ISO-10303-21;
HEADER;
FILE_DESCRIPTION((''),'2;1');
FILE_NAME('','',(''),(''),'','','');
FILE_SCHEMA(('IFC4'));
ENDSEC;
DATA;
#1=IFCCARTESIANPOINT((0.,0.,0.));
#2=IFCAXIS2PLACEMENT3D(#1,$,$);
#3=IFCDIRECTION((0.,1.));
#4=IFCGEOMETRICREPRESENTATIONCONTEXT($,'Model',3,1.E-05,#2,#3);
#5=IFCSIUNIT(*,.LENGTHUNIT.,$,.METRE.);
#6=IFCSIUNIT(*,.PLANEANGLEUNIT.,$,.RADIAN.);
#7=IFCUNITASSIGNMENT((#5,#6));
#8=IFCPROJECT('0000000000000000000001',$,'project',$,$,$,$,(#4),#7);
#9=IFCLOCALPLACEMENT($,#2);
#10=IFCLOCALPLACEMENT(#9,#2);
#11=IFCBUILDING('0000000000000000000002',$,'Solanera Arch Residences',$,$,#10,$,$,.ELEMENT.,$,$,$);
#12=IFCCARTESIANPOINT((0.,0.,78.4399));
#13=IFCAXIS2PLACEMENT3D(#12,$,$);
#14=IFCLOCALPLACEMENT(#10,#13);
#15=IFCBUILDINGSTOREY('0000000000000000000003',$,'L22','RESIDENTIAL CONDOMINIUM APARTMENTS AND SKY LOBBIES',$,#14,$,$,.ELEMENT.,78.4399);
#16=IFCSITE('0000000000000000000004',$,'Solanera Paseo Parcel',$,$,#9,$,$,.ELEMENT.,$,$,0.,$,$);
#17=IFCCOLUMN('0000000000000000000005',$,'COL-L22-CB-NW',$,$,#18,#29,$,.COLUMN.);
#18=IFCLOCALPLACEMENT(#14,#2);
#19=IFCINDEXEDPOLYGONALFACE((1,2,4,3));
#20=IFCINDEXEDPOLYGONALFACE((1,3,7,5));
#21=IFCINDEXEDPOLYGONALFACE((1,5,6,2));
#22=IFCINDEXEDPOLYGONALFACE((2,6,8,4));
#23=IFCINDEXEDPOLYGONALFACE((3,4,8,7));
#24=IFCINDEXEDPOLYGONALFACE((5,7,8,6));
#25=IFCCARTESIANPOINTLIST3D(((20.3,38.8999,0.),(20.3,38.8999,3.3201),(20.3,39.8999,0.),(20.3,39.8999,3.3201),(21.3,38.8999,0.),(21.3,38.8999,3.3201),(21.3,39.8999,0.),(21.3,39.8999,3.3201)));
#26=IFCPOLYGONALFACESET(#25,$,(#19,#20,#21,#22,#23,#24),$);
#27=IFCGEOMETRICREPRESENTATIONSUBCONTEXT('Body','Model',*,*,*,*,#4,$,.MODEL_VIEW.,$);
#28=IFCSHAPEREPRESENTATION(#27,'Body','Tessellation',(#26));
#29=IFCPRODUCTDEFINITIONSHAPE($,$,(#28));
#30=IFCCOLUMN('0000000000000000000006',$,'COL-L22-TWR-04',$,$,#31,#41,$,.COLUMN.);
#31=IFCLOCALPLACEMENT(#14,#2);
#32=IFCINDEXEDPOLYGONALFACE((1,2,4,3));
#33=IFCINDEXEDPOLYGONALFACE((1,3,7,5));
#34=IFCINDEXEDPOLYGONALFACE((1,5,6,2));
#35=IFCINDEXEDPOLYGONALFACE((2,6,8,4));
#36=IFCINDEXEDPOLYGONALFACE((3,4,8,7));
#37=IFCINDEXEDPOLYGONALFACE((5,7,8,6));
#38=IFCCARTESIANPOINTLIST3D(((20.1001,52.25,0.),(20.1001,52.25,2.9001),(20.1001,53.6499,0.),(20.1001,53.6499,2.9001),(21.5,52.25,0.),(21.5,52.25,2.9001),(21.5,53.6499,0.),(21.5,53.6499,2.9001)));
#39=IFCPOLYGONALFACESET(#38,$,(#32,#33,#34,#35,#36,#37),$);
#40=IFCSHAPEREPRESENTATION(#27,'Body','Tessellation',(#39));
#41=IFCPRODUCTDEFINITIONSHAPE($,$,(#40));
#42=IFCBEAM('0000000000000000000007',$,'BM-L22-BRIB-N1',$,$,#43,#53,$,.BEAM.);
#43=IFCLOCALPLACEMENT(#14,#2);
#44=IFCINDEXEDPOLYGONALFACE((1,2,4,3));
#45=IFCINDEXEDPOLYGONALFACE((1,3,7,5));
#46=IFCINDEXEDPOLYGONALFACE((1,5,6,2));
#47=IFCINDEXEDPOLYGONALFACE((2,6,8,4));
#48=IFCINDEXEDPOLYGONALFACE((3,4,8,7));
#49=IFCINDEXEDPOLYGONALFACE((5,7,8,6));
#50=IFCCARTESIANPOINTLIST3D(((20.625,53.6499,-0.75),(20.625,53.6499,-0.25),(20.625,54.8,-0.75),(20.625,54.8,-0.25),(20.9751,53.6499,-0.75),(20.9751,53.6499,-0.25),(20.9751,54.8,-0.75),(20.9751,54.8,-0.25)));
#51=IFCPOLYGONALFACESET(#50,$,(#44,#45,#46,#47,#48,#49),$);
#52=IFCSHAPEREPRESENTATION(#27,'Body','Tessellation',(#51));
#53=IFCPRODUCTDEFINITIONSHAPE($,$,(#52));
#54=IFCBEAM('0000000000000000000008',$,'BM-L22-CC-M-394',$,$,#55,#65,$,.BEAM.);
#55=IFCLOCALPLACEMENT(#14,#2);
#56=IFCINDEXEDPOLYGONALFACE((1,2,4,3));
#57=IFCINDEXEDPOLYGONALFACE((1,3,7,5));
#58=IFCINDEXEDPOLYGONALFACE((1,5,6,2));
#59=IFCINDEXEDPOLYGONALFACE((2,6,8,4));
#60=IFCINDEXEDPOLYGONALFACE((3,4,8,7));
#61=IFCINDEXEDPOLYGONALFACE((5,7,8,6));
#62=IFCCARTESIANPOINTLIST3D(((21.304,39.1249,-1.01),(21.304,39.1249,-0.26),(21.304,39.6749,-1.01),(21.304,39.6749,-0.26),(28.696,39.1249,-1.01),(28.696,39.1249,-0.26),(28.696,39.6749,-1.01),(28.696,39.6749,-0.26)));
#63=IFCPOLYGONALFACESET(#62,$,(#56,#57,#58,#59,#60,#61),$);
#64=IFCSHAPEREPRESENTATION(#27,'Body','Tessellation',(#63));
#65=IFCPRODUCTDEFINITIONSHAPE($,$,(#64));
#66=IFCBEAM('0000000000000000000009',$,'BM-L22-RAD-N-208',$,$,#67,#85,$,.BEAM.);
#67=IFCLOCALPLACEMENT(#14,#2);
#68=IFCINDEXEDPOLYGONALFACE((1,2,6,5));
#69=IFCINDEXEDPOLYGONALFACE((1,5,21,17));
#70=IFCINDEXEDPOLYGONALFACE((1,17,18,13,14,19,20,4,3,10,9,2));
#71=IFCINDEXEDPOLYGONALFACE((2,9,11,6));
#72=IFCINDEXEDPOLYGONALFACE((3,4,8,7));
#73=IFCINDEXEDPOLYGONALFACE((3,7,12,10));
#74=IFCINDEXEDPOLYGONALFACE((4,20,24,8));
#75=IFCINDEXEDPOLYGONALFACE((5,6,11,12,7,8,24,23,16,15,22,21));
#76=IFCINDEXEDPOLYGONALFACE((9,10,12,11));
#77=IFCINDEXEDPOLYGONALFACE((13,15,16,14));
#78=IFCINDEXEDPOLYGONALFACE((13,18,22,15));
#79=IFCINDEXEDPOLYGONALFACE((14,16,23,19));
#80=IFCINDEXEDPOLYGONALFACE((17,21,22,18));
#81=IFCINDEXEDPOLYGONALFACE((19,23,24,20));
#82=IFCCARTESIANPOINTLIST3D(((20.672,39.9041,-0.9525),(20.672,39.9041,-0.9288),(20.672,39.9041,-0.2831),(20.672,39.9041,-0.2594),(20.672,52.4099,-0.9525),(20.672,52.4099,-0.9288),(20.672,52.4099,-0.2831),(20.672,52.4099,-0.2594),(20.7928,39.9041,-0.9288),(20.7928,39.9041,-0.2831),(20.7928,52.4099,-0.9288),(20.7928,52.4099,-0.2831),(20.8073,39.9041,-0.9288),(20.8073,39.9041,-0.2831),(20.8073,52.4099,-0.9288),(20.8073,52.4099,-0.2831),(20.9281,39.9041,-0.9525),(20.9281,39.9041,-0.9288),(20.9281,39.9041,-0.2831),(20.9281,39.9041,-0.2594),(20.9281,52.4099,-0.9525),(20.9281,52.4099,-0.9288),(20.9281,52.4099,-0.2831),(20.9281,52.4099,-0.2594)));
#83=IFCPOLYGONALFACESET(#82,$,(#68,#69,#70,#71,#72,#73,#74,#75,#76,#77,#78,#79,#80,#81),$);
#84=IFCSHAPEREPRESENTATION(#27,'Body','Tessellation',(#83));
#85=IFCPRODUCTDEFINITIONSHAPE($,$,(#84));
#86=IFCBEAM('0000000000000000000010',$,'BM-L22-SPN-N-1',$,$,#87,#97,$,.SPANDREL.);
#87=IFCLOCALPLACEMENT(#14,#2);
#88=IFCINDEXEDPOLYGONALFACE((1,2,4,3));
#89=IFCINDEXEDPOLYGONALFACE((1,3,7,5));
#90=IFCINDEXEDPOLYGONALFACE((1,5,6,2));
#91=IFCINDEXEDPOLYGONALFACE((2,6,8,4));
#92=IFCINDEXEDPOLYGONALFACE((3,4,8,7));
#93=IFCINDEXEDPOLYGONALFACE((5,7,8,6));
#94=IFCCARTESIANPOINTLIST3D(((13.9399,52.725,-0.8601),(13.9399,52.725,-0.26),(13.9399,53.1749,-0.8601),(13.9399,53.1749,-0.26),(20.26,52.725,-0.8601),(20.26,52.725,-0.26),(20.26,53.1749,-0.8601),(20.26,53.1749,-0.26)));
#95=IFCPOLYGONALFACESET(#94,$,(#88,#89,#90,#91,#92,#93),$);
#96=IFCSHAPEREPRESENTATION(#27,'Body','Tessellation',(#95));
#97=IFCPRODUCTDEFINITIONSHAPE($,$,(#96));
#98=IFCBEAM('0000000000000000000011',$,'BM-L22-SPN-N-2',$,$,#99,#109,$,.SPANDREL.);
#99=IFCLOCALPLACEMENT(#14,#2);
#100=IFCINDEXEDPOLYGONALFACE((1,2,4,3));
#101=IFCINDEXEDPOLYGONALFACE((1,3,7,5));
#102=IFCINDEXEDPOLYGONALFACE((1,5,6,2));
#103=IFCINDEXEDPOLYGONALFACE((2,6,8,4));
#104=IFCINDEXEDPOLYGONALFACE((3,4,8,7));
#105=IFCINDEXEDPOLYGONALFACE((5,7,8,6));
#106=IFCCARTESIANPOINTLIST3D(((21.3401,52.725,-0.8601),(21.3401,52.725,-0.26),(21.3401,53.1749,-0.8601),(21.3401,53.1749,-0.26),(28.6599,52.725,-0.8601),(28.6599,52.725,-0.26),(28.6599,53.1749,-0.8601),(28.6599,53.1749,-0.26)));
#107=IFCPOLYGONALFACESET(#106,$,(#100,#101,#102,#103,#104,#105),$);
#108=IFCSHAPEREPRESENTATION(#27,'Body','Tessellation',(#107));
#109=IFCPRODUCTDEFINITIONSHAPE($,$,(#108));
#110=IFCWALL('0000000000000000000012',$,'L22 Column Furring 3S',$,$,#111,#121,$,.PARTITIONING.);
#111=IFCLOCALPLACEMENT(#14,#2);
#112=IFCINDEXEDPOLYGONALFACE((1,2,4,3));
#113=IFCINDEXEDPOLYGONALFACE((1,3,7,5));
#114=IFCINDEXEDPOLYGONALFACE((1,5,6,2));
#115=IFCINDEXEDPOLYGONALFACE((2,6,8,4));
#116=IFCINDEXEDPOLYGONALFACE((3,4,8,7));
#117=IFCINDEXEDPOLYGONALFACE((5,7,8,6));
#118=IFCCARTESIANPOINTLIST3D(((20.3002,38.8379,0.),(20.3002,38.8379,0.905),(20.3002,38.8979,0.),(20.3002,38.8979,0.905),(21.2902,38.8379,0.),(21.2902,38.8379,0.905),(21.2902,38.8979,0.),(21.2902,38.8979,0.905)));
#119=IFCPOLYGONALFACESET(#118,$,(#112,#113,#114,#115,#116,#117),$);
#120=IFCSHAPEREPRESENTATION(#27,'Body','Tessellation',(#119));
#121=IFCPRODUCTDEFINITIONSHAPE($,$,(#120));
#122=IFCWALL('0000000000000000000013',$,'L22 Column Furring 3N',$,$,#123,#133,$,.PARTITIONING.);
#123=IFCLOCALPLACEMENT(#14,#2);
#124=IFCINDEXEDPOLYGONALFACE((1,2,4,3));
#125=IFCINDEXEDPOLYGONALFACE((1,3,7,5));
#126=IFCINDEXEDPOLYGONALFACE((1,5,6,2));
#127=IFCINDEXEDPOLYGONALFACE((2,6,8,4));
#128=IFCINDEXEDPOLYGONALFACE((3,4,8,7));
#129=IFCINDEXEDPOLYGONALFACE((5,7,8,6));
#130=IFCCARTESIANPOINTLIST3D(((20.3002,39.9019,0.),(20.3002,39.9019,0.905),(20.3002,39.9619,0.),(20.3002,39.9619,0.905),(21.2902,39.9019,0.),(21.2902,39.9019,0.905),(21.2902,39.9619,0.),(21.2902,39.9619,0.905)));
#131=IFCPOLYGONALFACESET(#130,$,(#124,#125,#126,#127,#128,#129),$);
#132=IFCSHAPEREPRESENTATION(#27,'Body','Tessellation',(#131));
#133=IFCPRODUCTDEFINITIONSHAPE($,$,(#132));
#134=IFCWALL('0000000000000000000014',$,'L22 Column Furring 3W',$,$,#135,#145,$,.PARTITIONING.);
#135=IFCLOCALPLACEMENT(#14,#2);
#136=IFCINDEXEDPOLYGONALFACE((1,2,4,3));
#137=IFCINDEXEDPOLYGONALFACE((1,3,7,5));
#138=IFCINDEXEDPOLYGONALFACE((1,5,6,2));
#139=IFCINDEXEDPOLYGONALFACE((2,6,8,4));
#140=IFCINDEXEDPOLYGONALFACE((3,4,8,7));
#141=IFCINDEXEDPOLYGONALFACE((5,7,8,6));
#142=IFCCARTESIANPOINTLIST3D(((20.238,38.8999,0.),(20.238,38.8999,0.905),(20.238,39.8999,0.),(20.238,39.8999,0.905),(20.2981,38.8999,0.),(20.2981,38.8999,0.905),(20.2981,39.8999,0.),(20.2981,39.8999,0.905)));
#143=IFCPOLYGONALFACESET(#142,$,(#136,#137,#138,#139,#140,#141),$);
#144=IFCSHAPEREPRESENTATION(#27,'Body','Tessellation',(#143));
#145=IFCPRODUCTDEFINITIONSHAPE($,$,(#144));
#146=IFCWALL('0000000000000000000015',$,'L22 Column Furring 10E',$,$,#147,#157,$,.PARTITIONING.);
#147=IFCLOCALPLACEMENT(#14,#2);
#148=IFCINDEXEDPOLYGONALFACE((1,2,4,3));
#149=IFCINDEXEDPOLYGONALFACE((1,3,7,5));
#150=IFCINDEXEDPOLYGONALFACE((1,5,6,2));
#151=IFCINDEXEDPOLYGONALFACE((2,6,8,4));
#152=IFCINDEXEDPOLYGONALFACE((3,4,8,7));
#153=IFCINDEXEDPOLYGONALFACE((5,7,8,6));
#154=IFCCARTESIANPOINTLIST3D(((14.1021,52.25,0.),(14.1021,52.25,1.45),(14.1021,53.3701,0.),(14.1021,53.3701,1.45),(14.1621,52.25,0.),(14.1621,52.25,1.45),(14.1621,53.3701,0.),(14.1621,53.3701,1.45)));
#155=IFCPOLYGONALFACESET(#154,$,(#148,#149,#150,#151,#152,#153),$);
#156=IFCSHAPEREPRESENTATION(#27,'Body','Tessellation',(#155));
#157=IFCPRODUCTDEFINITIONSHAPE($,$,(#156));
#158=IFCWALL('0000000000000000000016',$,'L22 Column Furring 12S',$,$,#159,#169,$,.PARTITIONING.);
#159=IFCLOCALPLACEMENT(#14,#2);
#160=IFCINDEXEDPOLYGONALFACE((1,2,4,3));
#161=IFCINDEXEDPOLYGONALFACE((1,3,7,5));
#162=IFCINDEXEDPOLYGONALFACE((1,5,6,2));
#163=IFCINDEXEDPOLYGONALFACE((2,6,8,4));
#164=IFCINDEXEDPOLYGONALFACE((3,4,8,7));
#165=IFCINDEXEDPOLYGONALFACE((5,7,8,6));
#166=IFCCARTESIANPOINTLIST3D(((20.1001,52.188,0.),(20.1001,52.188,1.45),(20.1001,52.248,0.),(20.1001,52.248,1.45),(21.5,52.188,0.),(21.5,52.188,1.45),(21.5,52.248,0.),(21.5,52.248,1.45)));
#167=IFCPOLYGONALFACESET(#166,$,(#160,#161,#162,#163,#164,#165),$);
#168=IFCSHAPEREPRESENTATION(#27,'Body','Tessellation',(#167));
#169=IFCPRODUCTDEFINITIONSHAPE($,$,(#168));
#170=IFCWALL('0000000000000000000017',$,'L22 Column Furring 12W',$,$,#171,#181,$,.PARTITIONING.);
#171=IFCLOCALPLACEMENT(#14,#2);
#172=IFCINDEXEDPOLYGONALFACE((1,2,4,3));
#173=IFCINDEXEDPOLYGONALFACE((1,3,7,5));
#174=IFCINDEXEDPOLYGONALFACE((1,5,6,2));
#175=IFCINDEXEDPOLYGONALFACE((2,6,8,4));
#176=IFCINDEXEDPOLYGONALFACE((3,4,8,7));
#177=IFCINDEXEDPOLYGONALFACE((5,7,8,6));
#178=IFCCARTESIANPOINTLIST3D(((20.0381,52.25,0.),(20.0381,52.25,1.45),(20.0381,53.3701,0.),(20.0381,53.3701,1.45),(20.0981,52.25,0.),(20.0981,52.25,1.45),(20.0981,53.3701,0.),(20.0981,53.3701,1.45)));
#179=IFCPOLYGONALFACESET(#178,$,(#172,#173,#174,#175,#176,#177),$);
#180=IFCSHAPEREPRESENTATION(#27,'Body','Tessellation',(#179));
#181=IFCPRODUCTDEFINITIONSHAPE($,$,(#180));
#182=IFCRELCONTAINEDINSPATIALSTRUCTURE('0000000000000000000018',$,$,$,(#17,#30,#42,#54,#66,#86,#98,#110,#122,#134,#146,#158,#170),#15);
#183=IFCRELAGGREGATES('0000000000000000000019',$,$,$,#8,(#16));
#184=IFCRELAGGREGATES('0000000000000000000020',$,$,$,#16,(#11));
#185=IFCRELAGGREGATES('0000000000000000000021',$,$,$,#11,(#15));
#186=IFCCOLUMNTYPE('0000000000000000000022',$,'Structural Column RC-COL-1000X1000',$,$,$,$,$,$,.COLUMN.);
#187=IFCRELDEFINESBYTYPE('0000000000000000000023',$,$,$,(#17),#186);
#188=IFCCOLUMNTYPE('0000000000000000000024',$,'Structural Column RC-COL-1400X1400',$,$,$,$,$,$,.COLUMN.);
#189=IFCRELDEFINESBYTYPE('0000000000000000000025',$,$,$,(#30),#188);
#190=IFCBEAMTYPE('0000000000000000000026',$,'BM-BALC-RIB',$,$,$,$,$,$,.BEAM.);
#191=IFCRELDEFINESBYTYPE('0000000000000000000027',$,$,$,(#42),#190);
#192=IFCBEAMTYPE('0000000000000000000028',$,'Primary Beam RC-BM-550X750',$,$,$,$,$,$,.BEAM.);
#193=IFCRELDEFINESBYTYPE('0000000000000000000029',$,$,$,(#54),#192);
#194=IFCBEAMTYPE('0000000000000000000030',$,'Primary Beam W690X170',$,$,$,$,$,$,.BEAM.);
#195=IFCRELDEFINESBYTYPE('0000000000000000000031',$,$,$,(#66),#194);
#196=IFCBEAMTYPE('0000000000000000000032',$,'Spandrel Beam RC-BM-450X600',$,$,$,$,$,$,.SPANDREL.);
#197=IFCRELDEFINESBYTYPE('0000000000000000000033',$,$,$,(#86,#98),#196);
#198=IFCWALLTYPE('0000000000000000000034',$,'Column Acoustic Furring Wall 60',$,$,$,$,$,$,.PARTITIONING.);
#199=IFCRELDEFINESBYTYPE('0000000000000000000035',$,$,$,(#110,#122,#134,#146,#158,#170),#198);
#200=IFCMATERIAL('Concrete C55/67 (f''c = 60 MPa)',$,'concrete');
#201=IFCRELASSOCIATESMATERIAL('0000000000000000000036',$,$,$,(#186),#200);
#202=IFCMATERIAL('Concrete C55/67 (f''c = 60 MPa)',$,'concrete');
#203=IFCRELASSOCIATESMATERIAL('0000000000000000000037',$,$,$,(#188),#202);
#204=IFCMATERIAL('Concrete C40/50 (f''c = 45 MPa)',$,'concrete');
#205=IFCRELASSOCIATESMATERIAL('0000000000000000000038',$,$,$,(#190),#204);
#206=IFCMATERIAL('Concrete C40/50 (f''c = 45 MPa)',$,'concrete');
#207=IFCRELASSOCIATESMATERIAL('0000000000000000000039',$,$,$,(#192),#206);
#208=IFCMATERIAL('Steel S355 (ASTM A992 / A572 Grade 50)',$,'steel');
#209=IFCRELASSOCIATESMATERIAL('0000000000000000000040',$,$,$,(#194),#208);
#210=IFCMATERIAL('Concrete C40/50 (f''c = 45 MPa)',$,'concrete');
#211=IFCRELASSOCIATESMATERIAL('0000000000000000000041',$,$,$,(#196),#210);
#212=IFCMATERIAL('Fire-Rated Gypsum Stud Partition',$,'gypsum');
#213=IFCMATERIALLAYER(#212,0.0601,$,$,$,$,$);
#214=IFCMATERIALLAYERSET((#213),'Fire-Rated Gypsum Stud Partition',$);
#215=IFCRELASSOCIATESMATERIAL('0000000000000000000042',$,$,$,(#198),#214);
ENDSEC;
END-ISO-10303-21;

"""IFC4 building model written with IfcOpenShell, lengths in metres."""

from ifc_helpers import new_model, si_unit, direction, frame, frame_2d, origin, origin_2d, place, context, subcontext, project, spatial, rectangle, i_section, extrude, material, layer, layer_set, material_profile, profile_set, type_object, element, save


model = new_model("IFC4")

# Units and contexts
model_context = context("Model", 3, precision=1e-05, world=origin(), true_north=direction((0.0, 1.0)))
body_context = subcontext(model_context, "Body", "Model", "MODEL_VIEW")
ifc_project = project(units=[si_unit("LENGTHUNIT", "METRE"), si_unit("PLANEANGLEUNIT", "RADIAN")], contexts=[model_context])

# Site, building, storey
site_placement = place(None, origin())
site = spatial("IfcSite", under=ifc_project, at=site_placement, Name="Solanera Paseo Parcel", CompositionType="ELEMENT", RefElevation=0.0)
building_placement = place(site_placement, origin())
building = spatial("IfcBuilding", under=site, at=building_placement, Name="Solanera Arch Residences", CompositionType="ELEMENT")
storey_placement = place(building_placement, frame((0.0, 0.0, 78.4399)))
storey = spatial("IfcBuildingStorey", under=building, at=storey_placement, Name="L22", Description="RESIDENTIAL CONDOMINIUM APARTMENTS AND SKY LOBBIES", CompositionType="ELEMENT", Elevation=78.4399)

# Columns
ifc_material_1 = material(Name="Concrete C55/67 (f'c = 60 MPa)", Category="concrete")
ifc_material_profile_1 = material_profile(ifc_material_1, rectangle(XDim=1.0, YDim=1.0, at=origin_2d()))
ifc_profile_set_1 = profile_set([ifc_material_profile_1], Name="Concrete C55/67 (f'c = 60 MPa)")
column_type_1 = type_object("IfcColumnType", Name="Structural Column RC-COL-1000X1000", PredefinedType="COLUMN", material=ifc_profile_set_1)
column_1_placement = place(storey_placement, frame((20.8, 39.3999, 0.0), z_axis=(0.0, 0.0, 1.0), x_axis=(1.0, 0.0, 0.0)))
element("IfcColumn", 1, at=column_1_placement, inside=storey, type_object=column_type_1, Name="COL-L22-CB-NW", PredefinedType="COLUMN", context=body_context, shape_type="SweptSolid", body=[
    extrude(rectangle(XDim=1.0, YDim=1.0, at=origin_2d()), origin(), (0.0, 0.0, 1.0), 3.3201),
])
ifc_material_2 = material(Name="Concrete C55/67 (f'c = 60 MPa)", Category="concrete")
ifc_material_profile_2 = material_profile(ifc_material_2, rectangle(XDim=1.3999, YDim=1.3999, at=origin_2d()))
ifc_profile_set_2 = profile_set([ifc_material_profile_2], Name="Concrete C55/67 (f'c = 60 MPa)")
column_type_2 = type_object("IfcColumnType", Name="Structural Column RC-COL-1400X1400", PredefinedType="COLUMN", material=ifc_profile_set_2)
column_2_placement = place(storey_placement, frame((20.8, 52.95, 0.0), z_axis=(0.0, 0.0, 1.0), x_axis=(1.0, 0.0, 0.0)))
element("IfcColumn", 2, at=column_2_placement, inside=storey, type_object=column_type_2, Name="COL-L22-TWR-04", PredefinedType="COLUMN", context=body_context, shape_type="SweptSolid", body=[
    extrude(rectangle(XDim=1.3999, YDim=1.3999, at=origin_2d()), origin(), (0.0, 0.0, 1.0), 2.9001),
])

# Beams
ifc_material_3 = material(Name="Concrete C40/50 (f'c = 45 MPa)", Category="concrete")
ifc_material_profile_3 = material_profile(ifc_material_3, rectangle(XDim=0.3501, YDim=0.5, at=origin_2d()))
ifc_profile_set_3 = profile_set([ifc_material_profile_3], Name="Concrete C40/50 (f'c = 45 MPa)")
beam_type_1 = type_object("IfcBeamType", Name="BM-BALC-RIB", PredefinedType="BEAM", material=ifc_profile_set_3)
beam_1_placement = place(storey_placement, frame((20.8, 53.6499, -0.5), z_axis=(0.0, 1.0, 0.0), x_axis=(-1.0, 0.0, 0.0)))
element("IfcBeam", 3, at=beam_1_placement, inside=storey, type_object=beam_type_1, Name="BM-L22-BRIB-N1", PredefinedType="BEAM", context=body_context, shape_type="SweptSolid", body=[
    extrude(rectangle(XDim=0.3501, YDim=0.5, at=origin_2d()), origin(), (0.0, 0.0, 1.0), 1.1501),
])
ifc_material_4 = material(Name="Concrete C40/50 (f'c = 45 MPa)", Category="concrete")
ifc_material_profile_4 = material_profile(ifc_material_4, rectangle(XDim=0.55, YDim=0.75, at=origin_2d()))
ifc_profile_set_4 = profile_set([ifc_material_profile_4], Name="Concrete C40/50 (f'c = 45 MPa)")
beam_type_2 = type_object("IfcBeamType", Name="Primary Beam RC-BM-550X750", PredefinedType="BEAM", material=ifc_profile_set_4)
beam_2_placement = place(storey_placement, frame((21.304, 39.3999, -0.635), z_axis=(1.0, 0.0, 0.0), x_axis=(0.0, 1.0, 0.0)))
element("IfcBeam", 4, at=beam_2_placement, inside=storey, type_object=beam_type_2, Name="BM-L22-CC-M-394", PredefinedType="BEAM", context=body_context, shape_type="SweptSolid", body=[
    extrude(rectangle(XDim=0.55, YDim=0.75, at=origin_2d()), origin(), (0.0, 0.0, 1.0), 7.3921),
])
ifc_material_5 = material(Name="Steel S355 (ASTM A992 / A572 Grade 50)", Category="steel")
ifc_material_profile_5 = material_profile(ifc_material_5, i_section(OverallWidth=0.2561, OverallDepth=0.6931, WebThickness=0.0144, FlangeThickness=0.0237, at=origin_2d()))
ifc_profile_set_5 = profile_set([ifc_material_profile_5], Name="Steel S355 (ASTM A992 / A572 Grade 50)")
beam_type_3 = type_object("IfcBeamType", Name="Primary Beam W690X170", PredefinedType="BEAM", material=ifc_profile_set_5)
beam_3_placement = place(storey_placement, frame((20.8, 39.9041, -0.606), z_axis=(0.0, 1.0, 0.0), x_axis=(-1.0, 0.0, 0.0)))
element("IfcBeam", 5, at=beam_3_placement, inside=storey, type_object=beam_type_3, Name="BM-L22-RAD-N-208", PredefinedType="BEAM", context=body_context, shape_type="SweptSolid", body=[
    extrude(i_section(OverallWidth=0.2561, OverallDepth=0.6931, WebThickness=0.0144, FlangeThickness=0.0237, at=origin_2d()), origin(), (0.0, 0.0, 1.0), 12.5059),
])
ifc_material_6 = material(Name="Concrete C40/50 (f'c = 45 MPa)", Category="concrete")
ifc_material_profile_6 = material_profile(ifc_material_6, rectangle(XDim=0.45, YDim=0.6001, at=origin_2d()))
ifc_profile_set_6 = profile_set([ifc_material_profile_6], Name="Concrete C40/50 (f'c = 45 MPa)")
beam_type_4 = type_object("IfcBeamType", Name="Spandrel Beam RC-BM-450X600", PredefinedType="SPANDREL", material=ifc_profile_set_6)
beam_4_placement = place(storey_placement, frame((13.9399, 52.95, -0.5601), z_axis=(1.0, 0.0, 0.0), x_axis=(0.0, 1.0, 0.0)))
element("IfcBeam", 6, at=beam_4_placement, inside=storey, type_object=beam_type_4, Name="BM-L22-SPN-N-1", PredefinedType="SPANDREL", context=body_context, shape_type="SweptSolid", body=[
    extrude(rectangle(XDim=0.45, YDim=0.6001, at=origin_2d()), origin(), (0.0, 0.0, 1.0), 6.3201),
])
beam_5_placement = place(storey_placement, frame((21.3401, 52.95, -0.5601), z_axis=(1.0, 0.0, 0.0), x_axis=(0.0, 1.0, 0.0)))
element("IfcBeam", 7, at=beam_5_placement, inside=storey, type_object=beam_type_4, Name="BM-L22-SPN-N-2", PredefinedType="SPANDREL", context=body_context, shape_type="SweptSolid", body=[
    extrude(rectangle(XDim=0.45, YDim=0.6001, at=origin_2d()), origin(), (0.0, 0.0, 1.0), 7.3198),
])

# Walls
ifc_material_7 = material(Name="Fire-Rated Gypsum Stud Partition", Category="gypsum")
ifc_layer_1 = layer(ifc_material_7, 0.0601)
ifc_layer_set_1 = layer_set([ifc_layer_1], Name="Fire-Rated Gypsum Stud Partition")
wall_type_1 = type_object("IfcWallType", Name="Column Acoustic Furring Wall 60", PredefinedType="PARTITIONING", material=ifc_layer_set_1)
for number, where, z_axis, x_axis, name in (
    (8, (20.3, 38.8679, 0.0), (0.0, 0.0, 1.0), (1.0, 0.0, 0.0), "L22 Column Furring 3S"),
    (9, (20.3, 39.9319, 0.0), (0.0, 0.0, 1.0), (1.0, 0.0, 0.0), "L22 Column Furring 3N"),
):
    element("IfcWall", number, at=place(storey_placement, frame(where, z_axis=z_axis, x_axis=x_axis)), inside=storey, type_object=wall_type_1, Name=name, PredefinedType="PARTITIONING", context=body_context, shape_type="SweptSolid", body=[
        extrude(rectangle(XDim=0.99, YDim=0.0601, at=frame_2d((0.4951, 0.0))), origin(), (0.0, 0.0, 1.0), 0.905),
    ])
wall_1_placement = place(storey_placement, frame((20.2681, 38.8999, 0.0), z_axis=(0.0, 0.0, 1.0), x_axis=(0.0, 1.0, 0.0)))
element("IfcWall", 10, at=wall_1_placement, inside=storey, type_object=wall_type_1, Name="L22 Column Furring 3W", PredefinedType="PARTITIONING", context=body_context, shape_type="SweptSolid", body=[
    extrude(rectangle(XDim=1.0, YDim=0.0601, at=frame_2d((0.5, 0.0))), origin(), (0.0, 0.0, 1.0), 0.905),
])
wall_2_placement = place(storey_placement, frame((14.1321, 52.25, 0.0), z_axis=(0.0, 0.0, 1.0), x_axis=(0.0, 1.0, 0.0)))
element("IfcWall", 11, at=wall_2_placement, inside=storey, type_object=wall_type_1, Name="L22 Column Furring 10E", PredefinedType="PARTITIONING", context=body_context, shape_type="SweptSolid", body=[
    extrude(rectangle(XDim=1.1201, YDim=0.0601, at=frame_2d((0.5601, 0.0))), origin(), (0.0, 0.0, 1.0), 1.45),
])
wall_3_placement = place(storey_placement, frame((20.1001, 52.218, 0.0), z_axis=(0.0, 0.0, 1.0), x_axis=(1.0, 0.0, 0.0)))
element("IfcWall", 12, at=wall_3_placement, inside=storey, type_object=wall_type_1, Name="L22 Column Furring 12S", PredefinedType="PARTITIONING", context=body_context, shape_type="SweptSolid", body=[
    extrude(rectangle(XDim=1.3999, YDim=0.0601, at=frame_2d((0.7, 0.0))), origin(), (0.0, 0.0, 1.0), 1.45),
])
for number, where, z_axis, x_axis, name in (
    (13, (20.0681, 52.25, 0.0), (0.0, 0.0, 1.0), (0.0, 1.0, 0.0), "L22 Column Furring 12W"),
):
    element("IfcWall", number, at=place(storey_placement, frame(where, z_axis=z_axis, x_axis=x_axis)), inside=storey, type_object=wall_type_1, Name=name, PredefinedType="PARTITIONING", context=body_context, shape_type="SweptSolid", body=[
        extrude(rectangle(XDim=1.1201, YDim=0.0601, at=frame_2d((0.5601, 0.0))), origin(), (0.0, 0.0, 1.0), 1.45),
    ])

save(model, "model.ifc")
